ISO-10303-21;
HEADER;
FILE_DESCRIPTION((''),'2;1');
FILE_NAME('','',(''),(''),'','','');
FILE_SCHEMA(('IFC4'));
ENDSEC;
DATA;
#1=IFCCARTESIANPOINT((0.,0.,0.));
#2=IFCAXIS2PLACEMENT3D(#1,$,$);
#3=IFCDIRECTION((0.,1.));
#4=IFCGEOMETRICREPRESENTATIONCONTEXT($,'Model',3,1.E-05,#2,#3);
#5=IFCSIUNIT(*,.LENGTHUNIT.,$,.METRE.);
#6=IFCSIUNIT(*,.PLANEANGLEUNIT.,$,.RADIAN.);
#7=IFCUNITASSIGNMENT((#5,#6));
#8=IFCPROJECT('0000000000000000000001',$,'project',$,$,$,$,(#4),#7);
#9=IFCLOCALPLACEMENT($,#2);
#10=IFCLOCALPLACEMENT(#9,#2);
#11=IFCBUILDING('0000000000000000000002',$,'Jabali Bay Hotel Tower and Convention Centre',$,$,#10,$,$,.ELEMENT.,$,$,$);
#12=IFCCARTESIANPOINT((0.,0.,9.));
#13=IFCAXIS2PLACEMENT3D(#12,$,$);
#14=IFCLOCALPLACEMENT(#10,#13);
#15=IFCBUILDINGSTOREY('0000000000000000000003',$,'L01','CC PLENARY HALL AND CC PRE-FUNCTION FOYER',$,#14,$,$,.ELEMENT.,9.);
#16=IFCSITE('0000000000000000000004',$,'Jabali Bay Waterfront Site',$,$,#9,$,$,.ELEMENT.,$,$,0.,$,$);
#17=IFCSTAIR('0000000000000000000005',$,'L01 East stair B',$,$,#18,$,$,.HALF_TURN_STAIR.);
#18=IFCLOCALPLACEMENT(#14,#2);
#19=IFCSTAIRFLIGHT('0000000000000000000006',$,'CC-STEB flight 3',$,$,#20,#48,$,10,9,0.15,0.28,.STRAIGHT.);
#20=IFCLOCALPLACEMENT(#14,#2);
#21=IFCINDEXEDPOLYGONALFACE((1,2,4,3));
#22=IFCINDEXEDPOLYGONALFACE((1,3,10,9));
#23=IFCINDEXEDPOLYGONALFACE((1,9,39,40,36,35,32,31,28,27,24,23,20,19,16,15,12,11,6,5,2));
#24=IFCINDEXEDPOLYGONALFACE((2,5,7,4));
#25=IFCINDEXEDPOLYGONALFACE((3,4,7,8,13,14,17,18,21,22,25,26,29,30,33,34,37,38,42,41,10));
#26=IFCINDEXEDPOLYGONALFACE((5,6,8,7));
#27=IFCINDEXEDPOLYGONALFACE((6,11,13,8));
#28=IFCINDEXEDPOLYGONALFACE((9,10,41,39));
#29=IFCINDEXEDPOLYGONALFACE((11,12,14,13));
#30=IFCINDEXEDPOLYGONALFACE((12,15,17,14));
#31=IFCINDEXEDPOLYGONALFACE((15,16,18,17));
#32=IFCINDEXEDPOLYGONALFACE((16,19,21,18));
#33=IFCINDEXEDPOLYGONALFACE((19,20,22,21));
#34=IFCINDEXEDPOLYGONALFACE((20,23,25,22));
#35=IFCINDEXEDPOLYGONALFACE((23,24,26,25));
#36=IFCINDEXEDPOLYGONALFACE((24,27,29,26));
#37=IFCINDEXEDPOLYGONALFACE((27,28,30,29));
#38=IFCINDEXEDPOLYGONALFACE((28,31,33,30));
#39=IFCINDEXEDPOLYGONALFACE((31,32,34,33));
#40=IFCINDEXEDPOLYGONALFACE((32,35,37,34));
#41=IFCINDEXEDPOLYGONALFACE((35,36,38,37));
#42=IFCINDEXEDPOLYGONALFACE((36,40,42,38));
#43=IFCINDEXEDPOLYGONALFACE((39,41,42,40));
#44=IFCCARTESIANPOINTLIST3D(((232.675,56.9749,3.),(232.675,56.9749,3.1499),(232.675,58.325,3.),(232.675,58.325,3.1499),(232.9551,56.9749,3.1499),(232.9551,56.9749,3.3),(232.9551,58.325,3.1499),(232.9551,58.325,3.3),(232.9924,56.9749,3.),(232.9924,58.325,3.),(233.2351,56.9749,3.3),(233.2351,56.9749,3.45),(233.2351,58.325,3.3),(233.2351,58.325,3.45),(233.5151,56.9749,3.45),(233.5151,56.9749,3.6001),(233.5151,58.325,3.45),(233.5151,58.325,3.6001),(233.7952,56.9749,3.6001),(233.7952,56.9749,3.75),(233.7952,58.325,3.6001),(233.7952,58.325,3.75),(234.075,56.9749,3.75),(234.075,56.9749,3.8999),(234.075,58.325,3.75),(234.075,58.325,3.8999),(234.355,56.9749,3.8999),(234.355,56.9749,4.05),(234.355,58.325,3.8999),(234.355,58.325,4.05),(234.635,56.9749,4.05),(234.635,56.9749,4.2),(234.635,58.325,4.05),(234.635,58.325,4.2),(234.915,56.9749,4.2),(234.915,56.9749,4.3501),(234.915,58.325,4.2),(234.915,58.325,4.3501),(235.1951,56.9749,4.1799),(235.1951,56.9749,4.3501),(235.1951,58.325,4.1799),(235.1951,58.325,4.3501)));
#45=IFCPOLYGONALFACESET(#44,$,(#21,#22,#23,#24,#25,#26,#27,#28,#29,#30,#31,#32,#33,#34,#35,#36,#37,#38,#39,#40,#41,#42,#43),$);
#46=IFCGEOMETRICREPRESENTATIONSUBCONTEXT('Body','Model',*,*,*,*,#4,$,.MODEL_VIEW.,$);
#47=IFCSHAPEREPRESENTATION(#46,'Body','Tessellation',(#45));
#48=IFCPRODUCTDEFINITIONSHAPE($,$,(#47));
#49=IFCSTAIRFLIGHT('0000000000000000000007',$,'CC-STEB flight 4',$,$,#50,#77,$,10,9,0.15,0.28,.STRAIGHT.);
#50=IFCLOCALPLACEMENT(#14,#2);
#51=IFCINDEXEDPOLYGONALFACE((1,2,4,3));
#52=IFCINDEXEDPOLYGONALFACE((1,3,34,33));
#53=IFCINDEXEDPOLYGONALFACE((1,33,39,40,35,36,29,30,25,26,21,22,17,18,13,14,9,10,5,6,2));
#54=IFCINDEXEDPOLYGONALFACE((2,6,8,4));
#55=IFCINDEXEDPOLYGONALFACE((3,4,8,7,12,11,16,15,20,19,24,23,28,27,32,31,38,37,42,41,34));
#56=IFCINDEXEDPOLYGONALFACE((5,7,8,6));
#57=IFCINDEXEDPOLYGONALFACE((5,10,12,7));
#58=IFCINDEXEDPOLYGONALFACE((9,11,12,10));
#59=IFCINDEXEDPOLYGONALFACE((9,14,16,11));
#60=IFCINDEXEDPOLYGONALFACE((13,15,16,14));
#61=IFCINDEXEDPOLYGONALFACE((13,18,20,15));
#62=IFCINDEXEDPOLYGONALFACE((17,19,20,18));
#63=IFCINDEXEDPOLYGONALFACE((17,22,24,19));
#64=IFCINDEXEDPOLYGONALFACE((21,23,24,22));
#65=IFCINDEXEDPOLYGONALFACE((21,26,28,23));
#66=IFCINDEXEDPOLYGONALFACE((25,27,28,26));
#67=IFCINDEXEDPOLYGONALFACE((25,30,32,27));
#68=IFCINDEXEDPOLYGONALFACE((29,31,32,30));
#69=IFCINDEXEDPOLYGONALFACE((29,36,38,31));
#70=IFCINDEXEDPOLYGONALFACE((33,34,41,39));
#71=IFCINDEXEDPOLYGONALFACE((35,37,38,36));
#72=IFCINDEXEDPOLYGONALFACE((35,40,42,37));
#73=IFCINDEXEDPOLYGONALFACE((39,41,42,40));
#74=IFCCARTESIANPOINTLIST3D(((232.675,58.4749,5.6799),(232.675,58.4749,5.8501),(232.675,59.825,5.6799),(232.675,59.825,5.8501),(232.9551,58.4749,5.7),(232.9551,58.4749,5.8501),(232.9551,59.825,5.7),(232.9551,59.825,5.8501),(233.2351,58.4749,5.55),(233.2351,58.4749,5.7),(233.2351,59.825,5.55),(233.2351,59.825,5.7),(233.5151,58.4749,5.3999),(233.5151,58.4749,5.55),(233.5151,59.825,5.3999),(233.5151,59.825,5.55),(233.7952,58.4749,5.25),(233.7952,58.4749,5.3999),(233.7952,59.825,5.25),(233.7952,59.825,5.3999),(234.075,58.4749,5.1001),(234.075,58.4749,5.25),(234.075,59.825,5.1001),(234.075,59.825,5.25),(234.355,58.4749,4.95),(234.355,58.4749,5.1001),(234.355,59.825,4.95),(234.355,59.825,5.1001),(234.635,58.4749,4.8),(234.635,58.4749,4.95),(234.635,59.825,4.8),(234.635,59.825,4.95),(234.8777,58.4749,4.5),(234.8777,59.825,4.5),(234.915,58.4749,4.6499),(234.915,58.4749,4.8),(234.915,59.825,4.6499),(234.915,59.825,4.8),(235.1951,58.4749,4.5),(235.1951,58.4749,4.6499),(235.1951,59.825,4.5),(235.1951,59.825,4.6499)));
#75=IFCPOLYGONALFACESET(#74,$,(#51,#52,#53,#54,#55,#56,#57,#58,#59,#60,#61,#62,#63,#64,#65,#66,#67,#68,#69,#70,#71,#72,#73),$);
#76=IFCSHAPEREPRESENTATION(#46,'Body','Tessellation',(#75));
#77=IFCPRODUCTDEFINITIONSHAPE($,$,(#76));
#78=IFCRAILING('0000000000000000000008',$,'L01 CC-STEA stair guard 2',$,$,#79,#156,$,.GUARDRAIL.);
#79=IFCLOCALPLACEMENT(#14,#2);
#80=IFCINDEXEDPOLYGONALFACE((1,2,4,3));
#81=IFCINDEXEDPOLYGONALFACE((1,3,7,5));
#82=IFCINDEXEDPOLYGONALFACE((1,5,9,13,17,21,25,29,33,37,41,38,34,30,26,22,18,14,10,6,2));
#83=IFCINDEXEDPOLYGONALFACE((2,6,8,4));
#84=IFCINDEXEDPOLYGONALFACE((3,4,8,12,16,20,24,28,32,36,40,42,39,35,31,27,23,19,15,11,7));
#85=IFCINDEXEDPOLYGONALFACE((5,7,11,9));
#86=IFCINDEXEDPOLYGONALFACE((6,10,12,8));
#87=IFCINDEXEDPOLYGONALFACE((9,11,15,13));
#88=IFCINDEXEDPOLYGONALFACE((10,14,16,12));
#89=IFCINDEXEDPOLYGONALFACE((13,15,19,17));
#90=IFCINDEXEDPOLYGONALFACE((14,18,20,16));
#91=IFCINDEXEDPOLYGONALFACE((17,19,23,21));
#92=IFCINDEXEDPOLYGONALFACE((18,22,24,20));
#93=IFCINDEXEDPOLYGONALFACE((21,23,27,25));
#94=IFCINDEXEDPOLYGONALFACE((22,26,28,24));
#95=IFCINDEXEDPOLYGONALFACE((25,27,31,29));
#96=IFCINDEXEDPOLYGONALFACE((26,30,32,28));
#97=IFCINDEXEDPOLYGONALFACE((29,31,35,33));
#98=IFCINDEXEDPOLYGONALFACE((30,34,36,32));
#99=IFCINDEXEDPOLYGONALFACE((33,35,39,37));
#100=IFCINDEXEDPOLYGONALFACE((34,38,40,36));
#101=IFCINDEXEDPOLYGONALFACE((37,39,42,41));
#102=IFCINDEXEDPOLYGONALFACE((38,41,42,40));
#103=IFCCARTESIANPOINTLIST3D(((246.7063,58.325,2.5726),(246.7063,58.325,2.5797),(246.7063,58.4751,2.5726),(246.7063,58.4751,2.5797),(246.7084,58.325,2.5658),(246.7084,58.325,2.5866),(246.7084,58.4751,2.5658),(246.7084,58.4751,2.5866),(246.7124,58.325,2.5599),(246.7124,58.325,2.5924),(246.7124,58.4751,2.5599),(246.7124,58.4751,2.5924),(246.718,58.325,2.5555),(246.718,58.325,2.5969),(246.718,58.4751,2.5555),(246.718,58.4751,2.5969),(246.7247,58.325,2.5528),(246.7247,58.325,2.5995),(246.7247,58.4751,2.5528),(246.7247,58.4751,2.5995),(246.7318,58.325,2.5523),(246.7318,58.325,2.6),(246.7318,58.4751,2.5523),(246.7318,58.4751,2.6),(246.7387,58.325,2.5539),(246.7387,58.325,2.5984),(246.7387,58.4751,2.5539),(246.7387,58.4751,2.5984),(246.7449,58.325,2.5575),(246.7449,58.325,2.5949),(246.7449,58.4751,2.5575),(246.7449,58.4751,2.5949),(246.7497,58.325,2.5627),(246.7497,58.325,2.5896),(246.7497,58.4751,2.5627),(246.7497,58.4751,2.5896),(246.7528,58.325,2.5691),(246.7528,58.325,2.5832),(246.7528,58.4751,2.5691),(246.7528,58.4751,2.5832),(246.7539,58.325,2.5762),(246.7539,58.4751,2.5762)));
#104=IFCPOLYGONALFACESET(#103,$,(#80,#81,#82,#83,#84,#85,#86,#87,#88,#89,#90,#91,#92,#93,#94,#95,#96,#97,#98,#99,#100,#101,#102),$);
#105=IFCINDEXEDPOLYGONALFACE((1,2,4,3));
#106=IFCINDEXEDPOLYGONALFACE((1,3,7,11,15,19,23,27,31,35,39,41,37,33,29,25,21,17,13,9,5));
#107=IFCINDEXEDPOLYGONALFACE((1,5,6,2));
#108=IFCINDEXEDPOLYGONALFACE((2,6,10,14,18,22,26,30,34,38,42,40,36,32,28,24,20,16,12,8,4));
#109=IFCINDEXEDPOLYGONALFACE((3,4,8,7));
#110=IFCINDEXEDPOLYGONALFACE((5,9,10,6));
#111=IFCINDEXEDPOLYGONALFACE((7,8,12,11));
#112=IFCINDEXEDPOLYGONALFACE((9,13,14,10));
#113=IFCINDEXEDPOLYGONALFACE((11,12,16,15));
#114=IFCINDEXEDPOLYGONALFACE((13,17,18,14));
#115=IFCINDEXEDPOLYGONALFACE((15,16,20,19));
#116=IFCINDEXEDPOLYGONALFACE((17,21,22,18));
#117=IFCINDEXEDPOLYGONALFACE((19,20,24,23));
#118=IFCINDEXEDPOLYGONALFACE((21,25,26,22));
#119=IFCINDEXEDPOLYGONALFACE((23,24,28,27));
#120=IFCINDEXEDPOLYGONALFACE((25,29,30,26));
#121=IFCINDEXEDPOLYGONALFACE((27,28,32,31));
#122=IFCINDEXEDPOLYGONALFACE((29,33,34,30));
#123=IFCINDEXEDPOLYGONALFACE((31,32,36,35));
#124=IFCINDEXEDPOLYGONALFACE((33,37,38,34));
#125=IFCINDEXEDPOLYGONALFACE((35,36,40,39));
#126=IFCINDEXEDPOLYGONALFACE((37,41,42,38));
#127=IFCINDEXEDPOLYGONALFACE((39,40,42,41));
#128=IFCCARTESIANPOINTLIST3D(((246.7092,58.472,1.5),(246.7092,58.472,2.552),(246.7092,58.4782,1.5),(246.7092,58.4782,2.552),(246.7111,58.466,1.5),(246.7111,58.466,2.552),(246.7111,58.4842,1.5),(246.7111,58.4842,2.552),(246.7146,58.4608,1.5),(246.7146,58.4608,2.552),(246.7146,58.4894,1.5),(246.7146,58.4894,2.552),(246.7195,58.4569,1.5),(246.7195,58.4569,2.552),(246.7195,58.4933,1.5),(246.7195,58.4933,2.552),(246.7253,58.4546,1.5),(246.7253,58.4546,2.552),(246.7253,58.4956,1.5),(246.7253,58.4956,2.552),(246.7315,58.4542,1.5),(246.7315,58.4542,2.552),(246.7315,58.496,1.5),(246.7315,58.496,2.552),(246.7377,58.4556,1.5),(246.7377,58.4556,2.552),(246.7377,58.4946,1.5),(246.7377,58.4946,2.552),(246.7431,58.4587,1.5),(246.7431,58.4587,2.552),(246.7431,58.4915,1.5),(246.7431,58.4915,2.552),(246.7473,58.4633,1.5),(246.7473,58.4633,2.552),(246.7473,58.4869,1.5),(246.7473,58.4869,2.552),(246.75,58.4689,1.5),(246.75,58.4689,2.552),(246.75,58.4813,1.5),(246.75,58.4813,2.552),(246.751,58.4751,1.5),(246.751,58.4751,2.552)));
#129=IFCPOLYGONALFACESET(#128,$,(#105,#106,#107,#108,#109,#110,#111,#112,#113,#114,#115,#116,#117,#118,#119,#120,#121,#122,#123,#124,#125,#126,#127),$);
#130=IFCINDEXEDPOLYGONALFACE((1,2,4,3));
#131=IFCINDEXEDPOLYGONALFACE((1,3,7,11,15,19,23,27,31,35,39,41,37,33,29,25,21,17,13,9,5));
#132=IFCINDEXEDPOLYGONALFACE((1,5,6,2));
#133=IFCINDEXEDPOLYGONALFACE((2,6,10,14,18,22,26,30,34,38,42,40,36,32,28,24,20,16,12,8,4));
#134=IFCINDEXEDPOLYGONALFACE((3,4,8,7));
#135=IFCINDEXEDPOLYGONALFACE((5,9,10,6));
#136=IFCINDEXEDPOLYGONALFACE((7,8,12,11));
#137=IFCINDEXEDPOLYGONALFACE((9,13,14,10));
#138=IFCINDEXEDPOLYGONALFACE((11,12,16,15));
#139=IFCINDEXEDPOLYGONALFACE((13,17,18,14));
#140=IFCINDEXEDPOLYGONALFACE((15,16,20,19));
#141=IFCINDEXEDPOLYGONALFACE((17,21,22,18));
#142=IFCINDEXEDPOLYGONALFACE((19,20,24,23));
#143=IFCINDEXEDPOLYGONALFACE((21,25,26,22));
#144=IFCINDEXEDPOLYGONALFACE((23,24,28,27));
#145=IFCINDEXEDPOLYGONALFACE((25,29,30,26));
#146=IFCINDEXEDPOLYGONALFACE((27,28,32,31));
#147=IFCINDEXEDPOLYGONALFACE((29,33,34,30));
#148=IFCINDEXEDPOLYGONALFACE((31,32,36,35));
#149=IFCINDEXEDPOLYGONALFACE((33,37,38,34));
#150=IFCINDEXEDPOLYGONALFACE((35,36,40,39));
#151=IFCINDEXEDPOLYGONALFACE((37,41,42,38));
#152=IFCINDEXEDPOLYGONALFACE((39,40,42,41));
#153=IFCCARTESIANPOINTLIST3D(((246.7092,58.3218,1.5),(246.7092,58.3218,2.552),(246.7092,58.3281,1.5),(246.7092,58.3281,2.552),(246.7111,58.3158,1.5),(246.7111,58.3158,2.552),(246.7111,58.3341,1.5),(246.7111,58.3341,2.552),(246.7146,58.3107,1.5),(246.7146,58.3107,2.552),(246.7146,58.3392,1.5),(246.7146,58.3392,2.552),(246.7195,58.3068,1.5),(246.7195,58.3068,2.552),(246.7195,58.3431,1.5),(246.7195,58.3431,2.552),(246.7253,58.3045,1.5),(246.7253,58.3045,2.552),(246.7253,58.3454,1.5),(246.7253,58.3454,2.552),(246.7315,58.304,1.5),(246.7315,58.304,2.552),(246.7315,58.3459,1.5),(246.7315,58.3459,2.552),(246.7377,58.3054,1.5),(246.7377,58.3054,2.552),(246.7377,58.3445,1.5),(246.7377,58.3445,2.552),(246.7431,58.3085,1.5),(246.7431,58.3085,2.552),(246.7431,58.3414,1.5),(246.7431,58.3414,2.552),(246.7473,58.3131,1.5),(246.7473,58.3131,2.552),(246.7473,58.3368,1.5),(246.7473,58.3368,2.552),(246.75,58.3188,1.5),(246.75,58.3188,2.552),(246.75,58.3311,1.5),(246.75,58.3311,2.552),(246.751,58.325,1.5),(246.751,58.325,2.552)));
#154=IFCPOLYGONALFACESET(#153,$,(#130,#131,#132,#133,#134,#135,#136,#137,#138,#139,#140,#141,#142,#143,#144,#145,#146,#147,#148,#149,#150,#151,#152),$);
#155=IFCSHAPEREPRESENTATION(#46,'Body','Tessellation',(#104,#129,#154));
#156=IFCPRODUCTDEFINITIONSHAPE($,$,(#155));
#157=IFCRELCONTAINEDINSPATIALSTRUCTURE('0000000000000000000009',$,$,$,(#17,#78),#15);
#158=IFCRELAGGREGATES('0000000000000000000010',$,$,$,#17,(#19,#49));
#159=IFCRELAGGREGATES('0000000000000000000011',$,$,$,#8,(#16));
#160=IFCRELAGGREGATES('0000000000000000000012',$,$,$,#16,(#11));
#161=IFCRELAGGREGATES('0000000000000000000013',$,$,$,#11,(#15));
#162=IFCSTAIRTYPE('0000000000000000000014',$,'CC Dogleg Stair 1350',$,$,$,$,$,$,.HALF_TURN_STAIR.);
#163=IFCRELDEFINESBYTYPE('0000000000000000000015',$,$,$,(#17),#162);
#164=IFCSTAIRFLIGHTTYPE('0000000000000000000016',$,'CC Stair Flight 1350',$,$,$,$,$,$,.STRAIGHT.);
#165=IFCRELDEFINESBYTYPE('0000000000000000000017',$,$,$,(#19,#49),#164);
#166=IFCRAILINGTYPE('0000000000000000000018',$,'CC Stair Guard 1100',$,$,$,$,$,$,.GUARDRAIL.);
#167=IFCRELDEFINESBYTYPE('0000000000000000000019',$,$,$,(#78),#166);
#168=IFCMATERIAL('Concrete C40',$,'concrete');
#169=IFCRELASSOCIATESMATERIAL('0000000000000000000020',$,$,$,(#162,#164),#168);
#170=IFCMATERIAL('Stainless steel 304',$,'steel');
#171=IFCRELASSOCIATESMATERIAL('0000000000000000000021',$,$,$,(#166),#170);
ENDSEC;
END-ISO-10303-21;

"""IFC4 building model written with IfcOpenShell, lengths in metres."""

from ifc_helpers import new_model, si_unit, direction, frame, origin, origin_2d, place, context, subcontext, project, spatial, polyline, circle, outline, extrude, material, type_object, element, aggregate, save


model = new_model("IFC4")

# Units and contexts
model_context = context("Model", 3, precision=1e-05, world=origin(), true_north=direction((0.0, 1.0)))
body_context = subcontext(model_context, "Body", "Model", "MODEL_VIEW")
ifc_project = project(units=[si_unit("LENGTHUNIT", "METRE"), si_unit("PLANEANGLEUNIT", "RADIAN")], contexts=[model_context])

# Site, building, storey
site_placement = place(None, origin())
site = spatial("IfcSite", under=ifc_project, at=site_placement, Name="Jabali Bay Waterfront Site", CompositionType="ELEMENT", RefElevation=0.0)
building_placement = place(site_placement, origin())
building = spatial("IfcBuilding", under=site, at=building_placement, Name="Jabali Bay Hotel Tower and Convention Centre", CompositionType="ELEMENT")
storey_placement = place(building_placement, frame((0.0, 0.0, 9.0)))
storey = spatial("IfcBuildingStorey", under=building, at=storey_placement, Name="L01", Description="CC PLENARY HALL AND CC PRE-FUNCTION FOYER", CompositionType="ELEMENT", Elevation=9.0)

# Stair, stair flights
ifc_material_1 = material(Name="Concrete C40", Category="concrete")
stair_type = type_object("IfcStairType", Name="CC Dogleg Stair 1350", PredefinedType="HALF_TURN_STAIR", material=ifc_material_1)
stair_flight_type = type_object("IfcStairFlightType", Name="CC Stair Flight 1350", PredefinedType="STRAIGHT", material=ifc_material_1)
stair_1_placement = place(storey_placement, origin())
stair_1 = element("IfcStair", 1, at=stair_1_placement, inside=storey, type_object=stair_type, Name="L01 East stair B", PredefinedType="HALF_TURN_STAIR")
stair_flight_1_placement = place(storey_placement, frame((232.675, 57.6499, 3.0), z_axis=(0.0, 0.0, 1.0), x_axis=(1.0, 0.0, 0.0)))
stair_flight_1 = element("IfcStairFlight", 2, at=stair_flight_1_placement, type_object=stair_flight_type, Name="CC-STEB flight 3", NumberOfRisers=10, NumberOfTreads=9, PredefinedType="STRAIGHT", RiserHeight=0.15, TreadLength=0.28, context=body_context, shape_type="SweptSolid", body=[
    extrude(outline(polyline([(0.0, 0.0), (0.0, 0.1499), (0.28, 0.1499), (0.28, 0.3), (0.5601, 0.3), (0.5601, 0.45), (0.8401, 0.45), (0.8401, 0.6001), (1.1201, 0.6001), (1.1201, 0.75), (1.3999, 0.75), (1.3999, 0.8999), (1.6799, 0.8999), (1.6799, 1.05), (1.96, 1.05), (1.96, 1.2), (2.24, 1.2), (2.24, 1.3501), (2.52, 1.3501), (2.52, 1.5), (2.52, 1.1799), (0.3174, 0.0), (0.0, 0.0)])), frame((0.0, 0.675, 0.0), z_axis=(0.0, -1.0, 0.0), x_axis=(1.0, 0.0, 0.0)), (0.0, 0.0, 1.0), 1.3501),
])
stair_flight_2_placement = place(storey_placement, frame((235.1951, 59.1499, 4.5), z_axis=(0.0, 0.0, 1.0), x_axis=(-1.0, 0.0, 0.0)))
stair_flight_2 = element("IfcStairFlight", 3, at=stair_flight_2_placement, type_object=stair_flight_type, Name="CC-STEB flight 4", NumberOfRisers=10, NumberOfTreads=9, PredefinedType="STRAIGHT", RiserHeight=0.15, TreadLength=0.28, context=body_context, shape_type="SweptSolid", body=[
    extrude(outline(polyline([(0.0, 0.0), (0.0, 0.1499), (0.28, 0.1499), (0.28, 0.3), (0.5601, 0.3), (0.5601, 0.45), (0.8401, 0.45), (0.8401, 0.6001), (1.1201, 0.6001), (1.1201, 0.75), (1.3999, 0.75), (1.3999, 0.8999), (1.6799, 0.8999), (1.6799, 1.05), (1.96, 1.05), (1.96, 1.2), (2.24, 1.2), (2.24, 1.3501), (2.52, 1.3501), (2.52, 1.5), (2.52, 1.1799), (0.3174, 0.0), (0.0, 0.0)])), frame((0.0, 0.675, 0.0), z_axis=(0.0, -1.0, 0.0), x_axis=(1.0, 0.0, 0.0)), (0.0, 0.0, 1.0), 1.3501),
])
aggregate(stair_1, [stair_flight_1, stair_flight_2])

# Railing
ifc_material_2 = material(Name="Stainless steel 304", Category="steel")
railing_type_1 = type_object("IfcRailingType", Name="CC Stair Guard 1100", PredefinedType="GUARDRAIL", material=ifc_material_2)
railing_1_placement = place(storey_placement, frame((246.73, 58.4751, 1.5)))
element("IfcRailing", 4, at=railing_1_placement, inside=storey, type_object=railing_type_1, Name="L01 CC-STEA stair guard 2", PredefinedType="GUARDRAIL", context=body_context, shape_type="SweptSolid", body=[
    extrude(circle(Radius=0.0239, at=origin_2d()), frame((0.0, 0.0, 1.0762), z_axis=(0.0, -1.0, 0.0), x_axis=(1.0, 0.0, 0.0)), (0.0, 0.0, 1.0), 0.1501),
    extrude(circle(Radius=0.021, at=origin_2d()), origin(), (0.0, 0.0, 1.0), 1.052),
    extrude(circle(Radius=0.021, at=origin_2d()), frame((0.0, -0.1501, 0.0)), (0.0, 0.0, 1.0), 1.052),
])

save(model, "model.ifc")
